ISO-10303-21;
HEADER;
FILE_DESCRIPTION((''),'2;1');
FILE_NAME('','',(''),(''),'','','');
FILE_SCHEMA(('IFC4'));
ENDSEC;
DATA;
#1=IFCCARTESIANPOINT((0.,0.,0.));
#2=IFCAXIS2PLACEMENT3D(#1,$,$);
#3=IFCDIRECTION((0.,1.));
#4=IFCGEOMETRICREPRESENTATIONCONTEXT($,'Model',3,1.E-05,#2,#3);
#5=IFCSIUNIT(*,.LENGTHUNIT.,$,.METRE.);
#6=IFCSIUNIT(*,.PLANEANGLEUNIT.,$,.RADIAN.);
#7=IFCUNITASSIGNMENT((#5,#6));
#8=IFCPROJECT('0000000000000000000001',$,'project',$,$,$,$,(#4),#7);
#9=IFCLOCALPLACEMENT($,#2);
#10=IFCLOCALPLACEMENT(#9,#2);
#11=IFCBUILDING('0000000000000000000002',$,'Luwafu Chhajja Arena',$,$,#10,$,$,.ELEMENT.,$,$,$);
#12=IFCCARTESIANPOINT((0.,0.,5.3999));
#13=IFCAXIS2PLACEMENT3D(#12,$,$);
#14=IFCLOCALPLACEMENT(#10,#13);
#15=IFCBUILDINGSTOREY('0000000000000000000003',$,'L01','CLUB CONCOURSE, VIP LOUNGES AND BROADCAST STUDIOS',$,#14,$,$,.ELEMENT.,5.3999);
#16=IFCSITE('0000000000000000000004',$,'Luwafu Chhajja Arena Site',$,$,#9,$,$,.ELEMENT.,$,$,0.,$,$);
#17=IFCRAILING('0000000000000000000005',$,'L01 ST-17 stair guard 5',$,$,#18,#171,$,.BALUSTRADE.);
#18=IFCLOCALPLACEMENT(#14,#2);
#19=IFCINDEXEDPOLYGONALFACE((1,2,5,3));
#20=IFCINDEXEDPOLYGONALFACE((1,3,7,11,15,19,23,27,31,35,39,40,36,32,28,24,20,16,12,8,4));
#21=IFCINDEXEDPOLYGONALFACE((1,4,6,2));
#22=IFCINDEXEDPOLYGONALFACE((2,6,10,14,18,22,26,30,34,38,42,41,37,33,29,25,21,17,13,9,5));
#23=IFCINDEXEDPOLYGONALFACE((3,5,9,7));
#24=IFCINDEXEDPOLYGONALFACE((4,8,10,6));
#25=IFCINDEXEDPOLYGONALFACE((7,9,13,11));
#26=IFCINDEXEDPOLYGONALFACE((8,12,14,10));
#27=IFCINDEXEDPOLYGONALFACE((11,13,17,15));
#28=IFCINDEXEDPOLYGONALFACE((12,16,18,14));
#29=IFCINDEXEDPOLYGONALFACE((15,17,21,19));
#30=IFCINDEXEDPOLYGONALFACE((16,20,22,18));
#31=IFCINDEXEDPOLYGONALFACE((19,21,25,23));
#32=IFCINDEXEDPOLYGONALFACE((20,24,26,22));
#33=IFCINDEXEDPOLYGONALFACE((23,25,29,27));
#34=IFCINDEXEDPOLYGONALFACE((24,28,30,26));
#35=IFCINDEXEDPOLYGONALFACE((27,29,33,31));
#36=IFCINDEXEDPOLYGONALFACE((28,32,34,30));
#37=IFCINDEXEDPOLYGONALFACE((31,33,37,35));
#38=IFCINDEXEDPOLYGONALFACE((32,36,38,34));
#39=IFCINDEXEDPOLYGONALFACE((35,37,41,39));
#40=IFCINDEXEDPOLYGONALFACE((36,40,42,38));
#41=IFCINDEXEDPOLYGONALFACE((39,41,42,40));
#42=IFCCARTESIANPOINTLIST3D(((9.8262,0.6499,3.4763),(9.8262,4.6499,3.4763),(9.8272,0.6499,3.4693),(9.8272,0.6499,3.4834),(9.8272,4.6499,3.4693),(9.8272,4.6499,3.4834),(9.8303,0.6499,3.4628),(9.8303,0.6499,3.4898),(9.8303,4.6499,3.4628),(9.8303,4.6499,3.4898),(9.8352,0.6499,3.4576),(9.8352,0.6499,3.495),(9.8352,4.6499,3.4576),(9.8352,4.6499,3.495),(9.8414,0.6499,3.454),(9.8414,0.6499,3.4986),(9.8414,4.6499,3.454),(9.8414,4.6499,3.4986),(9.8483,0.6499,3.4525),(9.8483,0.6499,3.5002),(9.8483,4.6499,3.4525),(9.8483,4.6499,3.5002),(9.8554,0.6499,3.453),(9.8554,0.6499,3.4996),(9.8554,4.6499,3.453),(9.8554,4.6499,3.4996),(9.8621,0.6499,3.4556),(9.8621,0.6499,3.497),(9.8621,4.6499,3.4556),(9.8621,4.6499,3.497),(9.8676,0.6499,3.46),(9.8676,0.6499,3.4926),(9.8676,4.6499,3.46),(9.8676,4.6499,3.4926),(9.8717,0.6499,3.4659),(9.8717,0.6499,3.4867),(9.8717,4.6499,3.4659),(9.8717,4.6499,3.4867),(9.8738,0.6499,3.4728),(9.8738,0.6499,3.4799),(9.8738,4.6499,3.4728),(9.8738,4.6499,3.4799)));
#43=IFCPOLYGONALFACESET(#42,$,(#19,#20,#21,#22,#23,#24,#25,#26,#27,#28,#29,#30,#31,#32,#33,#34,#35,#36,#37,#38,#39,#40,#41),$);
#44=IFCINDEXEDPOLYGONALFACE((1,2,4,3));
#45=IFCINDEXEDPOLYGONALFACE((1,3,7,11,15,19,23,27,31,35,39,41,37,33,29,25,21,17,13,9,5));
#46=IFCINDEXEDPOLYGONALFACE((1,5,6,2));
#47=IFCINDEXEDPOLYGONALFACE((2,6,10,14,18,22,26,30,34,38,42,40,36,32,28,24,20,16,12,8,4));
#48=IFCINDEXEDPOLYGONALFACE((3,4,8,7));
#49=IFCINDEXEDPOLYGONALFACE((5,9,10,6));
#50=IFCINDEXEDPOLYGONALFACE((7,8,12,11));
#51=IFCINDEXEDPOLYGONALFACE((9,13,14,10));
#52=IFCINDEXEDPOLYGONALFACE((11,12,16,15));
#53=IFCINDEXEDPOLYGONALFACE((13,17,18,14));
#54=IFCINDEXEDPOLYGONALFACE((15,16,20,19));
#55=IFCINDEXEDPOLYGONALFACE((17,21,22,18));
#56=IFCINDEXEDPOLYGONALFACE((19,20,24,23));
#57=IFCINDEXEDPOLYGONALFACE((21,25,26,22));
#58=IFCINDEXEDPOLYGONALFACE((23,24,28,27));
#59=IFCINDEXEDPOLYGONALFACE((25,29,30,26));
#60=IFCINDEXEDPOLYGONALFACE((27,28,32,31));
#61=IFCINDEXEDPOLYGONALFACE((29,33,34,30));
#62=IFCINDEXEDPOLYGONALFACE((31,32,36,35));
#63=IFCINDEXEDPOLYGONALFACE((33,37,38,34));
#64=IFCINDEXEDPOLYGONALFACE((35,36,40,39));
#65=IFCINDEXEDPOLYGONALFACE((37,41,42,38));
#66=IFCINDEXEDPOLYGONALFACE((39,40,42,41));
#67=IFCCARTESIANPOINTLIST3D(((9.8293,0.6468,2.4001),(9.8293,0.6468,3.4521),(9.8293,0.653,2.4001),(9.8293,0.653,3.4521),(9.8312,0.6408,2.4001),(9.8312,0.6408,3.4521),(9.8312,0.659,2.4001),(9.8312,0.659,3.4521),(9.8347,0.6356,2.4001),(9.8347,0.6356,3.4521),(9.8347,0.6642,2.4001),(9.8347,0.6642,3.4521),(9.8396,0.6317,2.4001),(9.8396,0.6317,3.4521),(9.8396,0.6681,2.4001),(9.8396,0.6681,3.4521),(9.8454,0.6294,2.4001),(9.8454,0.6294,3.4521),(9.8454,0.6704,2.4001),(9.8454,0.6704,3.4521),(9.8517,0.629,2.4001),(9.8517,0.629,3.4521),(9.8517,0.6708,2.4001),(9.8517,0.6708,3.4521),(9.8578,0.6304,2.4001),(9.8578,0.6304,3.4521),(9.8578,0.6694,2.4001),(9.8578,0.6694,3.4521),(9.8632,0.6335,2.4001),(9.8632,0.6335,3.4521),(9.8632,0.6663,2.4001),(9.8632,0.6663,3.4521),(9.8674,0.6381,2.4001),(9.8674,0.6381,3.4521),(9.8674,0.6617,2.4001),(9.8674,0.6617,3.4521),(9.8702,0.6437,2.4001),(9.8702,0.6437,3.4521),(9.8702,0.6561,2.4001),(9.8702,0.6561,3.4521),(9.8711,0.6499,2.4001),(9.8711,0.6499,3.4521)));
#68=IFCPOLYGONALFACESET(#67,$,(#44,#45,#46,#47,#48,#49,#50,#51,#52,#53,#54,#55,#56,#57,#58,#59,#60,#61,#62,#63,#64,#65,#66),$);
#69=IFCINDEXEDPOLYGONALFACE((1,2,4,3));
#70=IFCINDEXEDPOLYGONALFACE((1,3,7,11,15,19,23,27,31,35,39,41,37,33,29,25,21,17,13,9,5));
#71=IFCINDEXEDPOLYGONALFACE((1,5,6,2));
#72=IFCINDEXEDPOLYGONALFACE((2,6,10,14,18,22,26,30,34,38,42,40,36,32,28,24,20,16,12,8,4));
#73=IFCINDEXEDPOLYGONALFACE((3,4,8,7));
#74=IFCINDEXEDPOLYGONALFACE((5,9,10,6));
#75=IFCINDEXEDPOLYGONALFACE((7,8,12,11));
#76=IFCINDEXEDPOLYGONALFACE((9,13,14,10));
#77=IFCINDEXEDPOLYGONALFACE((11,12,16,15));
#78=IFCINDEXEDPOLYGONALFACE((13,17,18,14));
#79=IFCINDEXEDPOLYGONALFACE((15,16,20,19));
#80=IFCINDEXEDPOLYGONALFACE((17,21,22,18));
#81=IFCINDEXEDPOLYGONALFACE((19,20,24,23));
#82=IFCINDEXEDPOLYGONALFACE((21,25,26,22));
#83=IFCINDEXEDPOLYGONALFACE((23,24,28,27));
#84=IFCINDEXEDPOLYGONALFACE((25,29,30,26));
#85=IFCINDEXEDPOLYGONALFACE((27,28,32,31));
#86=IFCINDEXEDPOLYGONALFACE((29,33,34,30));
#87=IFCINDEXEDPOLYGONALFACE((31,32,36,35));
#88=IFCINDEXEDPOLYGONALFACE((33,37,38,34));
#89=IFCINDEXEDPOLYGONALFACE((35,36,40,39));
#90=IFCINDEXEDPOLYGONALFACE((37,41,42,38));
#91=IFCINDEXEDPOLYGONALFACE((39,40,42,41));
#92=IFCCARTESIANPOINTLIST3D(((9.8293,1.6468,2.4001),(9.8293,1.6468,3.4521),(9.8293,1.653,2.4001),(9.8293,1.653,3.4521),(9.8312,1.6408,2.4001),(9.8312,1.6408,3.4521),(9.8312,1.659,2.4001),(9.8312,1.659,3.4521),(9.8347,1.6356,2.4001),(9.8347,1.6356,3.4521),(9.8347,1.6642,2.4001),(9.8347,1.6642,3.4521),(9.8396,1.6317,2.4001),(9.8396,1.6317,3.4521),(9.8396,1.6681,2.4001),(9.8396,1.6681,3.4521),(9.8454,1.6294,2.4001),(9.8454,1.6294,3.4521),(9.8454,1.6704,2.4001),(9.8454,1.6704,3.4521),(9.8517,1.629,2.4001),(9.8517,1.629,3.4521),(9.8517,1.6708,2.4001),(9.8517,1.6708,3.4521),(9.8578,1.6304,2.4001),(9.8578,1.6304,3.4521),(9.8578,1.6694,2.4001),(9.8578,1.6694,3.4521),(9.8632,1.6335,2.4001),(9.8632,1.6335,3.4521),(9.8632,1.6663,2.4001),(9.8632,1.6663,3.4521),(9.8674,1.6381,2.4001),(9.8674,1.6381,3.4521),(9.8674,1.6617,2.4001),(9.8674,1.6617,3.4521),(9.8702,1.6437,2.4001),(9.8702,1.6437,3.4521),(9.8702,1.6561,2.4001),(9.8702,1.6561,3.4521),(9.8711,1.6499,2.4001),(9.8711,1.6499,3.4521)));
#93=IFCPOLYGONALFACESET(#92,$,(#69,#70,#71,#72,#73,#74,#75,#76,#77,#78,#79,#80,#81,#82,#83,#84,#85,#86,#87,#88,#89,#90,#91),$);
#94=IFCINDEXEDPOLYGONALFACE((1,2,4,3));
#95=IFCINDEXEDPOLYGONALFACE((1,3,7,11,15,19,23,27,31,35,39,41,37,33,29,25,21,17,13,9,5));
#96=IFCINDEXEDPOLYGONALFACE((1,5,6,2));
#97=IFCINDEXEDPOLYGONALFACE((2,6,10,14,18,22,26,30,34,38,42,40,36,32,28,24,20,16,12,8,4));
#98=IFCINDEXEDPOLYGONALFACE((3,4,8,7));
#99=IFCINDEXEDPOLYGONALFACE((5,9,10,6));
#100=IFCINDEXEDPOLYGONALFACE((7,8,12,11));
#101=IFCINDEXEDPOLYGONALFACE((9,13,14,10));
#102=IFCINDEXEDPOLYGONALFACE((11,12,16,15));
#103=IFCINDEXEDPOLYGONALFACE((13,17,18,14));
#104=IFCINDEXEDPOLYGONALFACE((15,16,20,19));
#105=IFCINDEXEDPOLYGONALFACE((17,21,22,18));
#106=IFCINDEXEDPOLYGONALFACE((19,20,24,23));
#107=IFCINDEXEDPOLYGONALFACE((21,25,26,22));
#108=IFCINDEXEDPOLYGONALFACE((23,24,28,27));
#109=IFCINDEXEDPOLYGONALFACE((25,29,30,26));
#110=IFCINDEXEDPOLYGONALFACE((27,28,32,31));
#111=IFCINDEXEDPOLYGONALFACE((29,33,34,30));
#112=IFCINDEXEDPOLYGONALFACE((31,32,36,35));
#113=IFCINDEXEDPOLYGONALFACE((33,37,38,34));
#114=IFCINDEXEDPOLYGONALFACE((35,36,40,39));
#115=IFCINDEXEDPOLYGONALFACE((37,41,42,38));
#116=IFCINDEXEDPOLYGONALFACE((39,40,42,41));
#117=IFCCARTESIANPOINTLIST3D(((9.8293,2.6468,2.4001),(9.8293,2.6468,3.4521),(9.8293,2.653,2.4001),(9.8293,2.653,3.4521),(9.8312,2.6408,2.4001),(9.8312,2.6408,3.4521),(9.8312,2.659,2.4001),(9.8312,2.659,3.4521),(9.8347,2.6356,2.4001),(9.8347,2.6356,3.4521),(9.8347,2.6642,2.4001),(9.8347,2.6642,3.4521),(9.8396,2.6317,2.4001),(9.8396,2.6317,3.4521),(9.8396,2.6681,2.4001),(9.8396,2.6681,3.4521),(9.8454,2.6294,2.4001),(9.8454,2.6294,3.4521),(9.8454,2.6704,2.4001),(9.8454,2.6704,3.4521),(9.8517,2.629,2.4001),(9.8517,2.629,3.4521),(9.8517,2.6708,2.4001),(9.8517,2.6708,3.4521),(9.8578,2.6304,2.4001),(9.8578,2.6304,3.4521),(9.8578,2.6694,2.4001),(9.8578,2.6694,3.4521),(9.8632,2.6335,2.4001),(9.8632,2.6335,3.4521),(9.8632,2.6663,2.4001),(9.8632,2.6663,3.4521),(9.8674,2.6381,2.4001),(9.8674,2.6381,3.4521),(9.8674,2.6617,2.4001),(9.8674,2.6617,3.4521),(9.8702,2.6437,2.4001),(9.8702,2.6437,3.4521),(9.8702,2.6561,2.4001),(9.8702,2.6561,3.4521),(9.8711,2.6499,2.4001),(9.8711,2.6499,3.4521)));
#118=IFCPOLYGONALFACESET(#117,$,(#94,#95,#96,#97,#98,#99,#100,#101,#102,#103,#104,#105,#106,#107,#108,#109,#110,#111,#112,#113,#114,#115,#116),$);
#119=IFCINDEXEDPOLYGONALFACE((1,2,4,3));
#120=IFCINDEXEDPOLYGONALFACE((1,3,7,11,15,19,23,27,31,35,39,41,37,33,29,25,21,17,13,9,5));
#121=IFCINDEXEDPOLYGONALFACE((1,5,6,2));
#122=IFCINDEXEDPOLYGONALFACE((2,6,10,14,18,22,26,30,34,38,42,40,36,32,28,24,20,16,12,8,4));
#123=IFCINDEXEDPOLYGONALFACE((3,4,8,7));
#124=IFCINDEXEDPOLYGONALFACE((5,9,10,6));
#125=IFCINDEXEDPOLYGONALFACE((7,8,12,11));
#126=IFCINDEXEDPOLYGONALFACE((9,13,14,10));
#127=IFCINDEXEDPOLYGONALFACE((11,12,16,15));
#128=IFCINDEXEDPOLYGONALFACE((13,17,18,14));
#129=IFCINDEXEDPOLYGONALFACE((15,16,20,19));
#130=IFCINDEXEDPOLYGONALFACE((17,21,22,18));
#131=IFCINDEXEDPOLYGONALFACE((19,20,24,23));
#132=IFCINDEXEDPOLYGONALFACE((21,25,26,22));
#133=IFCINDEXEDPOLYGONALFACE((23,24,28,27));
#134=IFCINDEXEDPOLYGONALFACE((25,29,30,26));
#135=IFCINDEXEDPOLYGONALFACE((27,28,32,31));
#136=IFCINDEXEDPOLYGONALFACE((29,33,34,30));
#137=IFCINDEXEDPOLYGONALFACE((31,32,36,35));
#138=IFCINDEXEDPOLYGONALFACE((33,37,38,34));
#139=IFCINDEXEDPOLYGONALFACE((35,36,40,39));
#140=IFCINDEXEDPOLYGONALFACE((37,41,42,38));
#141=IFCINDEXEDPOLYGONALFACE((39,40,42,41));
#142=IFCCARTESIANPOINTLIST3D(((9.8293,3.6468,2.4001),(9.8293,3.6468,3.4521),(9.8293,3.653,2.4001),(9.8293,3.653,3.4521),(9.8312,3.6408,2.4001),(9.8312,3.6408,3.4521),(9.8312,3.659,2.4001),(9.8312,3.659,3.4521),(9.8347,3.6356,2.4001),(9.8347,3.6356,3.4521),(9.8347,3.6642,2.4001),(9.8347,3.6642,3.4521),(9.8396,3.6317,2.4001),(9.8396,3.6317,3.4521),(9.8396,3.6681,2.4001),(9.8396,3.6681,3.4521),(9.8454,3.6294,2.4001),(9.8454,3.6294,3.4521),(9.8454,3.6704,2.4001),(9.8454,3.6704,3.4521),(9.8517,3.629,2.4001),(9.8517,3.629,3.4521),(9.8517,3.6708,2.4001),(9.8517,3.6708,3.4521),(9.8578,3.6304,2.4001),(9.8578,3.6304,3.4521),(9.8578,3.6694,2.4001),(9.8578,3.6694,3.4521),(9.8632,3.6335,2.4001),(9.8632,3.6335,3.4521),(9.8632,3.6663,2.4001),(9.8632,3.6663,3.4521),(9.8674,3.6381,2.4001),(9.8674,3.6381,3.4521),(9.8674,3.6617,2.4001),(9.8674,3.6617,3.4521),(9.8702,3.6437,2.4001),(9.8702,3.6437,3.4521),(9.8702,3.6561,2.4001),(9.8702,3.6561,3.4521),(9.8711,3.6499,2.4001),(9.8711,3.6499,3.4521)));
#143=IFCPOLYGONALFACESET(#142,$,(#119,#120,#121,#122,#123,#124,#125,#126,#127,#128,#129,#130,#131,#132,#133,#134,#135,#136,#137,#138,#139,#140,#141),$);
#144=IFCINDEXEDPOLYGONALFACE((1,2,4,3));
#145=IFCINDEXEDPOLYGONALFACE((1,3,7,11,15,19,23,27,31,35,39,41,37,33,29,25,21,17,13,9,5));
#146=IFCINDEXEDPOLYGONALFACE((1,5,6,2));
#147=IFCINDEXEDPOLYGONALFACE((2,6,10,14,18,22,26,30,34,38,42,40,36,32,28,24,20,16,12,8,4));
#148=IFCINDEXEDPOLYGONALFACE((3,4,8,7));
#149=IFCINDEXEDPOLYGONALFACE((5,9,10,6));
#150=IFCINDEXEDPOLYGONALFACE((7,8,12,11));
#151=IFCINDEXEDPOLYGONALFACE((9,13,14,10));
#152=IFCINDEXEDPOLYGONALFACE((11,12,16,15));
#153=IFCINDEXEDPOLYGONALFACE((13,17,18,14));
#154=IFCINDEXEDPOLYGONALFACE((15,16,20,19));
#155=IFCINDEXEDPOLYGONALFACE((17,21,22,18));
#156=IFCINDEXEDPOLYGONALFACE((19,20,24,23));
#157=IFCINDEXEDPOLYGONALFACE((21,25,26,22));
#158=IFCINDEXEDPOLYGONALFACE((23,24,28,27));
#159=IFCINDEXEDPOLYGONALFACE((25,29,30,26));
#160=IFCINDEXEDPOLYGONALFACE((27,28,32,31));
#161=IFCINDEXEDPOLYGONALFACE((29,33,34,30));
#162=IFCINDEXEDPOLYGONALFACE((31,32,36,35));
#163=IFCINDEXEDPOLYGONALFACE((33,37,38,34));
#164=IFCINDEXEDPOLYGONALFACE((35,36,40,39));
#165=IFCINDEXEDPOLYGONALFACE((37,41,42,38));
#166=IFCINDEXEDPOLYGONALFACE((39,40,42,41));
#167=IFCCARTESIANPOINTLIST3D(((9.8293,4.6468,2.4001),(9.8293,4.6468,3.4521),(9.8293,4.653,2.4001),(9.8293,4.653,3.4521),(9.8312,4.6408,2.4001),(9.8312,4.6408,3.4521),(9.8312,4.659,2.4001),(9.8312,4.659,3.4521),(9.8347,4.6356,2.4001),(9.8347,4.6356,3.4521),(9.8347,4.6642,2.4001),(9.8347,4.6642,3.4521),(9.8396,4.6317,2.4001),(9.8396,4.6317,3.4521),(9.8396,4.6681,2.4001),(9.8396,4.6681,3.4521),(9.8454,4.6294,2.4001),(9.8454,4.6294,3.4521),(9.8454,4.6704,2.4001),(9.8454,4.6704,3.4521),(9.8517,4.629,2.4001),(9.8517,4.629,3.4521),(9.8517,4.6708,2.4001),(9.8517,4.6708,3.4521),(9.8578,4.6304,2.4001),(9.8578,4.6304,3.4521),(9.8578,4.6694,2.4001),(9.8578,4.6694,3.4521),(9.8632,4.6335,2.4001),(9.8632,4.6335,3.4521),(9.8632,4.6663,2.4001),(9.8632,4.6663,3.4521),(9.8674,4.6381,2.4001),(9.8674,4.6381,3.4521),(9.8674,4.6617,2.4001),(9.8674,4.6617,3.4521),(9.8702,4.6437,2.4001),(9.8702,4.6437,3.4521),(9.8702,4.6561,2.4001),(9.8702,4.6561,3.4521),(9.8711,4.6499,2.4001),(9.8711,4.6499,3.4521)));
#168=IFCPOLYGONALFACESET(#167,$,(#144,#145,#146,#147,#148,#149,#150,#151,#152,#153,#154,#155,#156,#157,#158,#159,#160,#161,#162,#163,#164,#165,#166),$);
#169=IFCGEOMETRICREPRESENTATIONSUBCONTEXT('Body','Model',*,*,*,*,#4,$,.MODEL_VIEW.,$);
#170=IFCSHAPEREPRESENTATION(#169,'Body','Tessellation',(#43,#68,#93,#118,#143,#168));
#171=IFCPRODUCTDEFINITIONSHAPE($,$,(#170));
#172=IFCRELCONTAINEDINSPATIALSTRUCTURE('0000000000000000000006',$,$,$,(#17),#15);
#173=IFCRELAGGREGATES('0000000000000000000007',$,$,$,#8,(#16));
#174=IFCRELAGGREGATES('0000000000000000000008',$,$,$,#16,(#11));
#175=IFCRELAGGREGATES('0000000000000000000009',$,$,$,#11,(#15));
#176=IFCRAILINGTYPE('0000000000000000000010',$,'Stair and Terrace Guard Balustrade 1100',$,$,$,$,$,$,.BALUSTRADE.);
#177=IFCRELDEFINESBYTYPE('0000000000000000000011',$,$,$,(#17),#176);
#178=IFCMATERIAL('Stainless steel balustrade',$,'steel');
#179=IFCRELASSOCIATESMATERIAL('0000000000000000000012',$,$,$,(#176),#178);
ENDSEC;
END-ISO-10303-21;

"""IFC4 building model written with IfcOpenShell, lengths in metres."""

from ifc_helpers import new_model, si_unit, direction, frame, origin, origin_2d, place, context, subcontext, project, spatial, circle, extrude, material, type_object, element, save


model = new_model("IFC4")

# Units and contexts
model_context = context("Model", 3, precision=1e-05, world=origin(), true_north=direction((0.0, 1.0)))
body_context = subcontext(model_context, "Body", "Model", "MODEL_VIEW")
ifc_project = project(units=[si_unit("LENGTHUNIT", "METRE"), si_unit("PLANEANGLEUNIT", "RADIAN")], contexts=[model_context])

# Site, building, storey
site_placement = place(None, origin())
site = spatial("IfcSite", under=ifc_project, at=site_placement, Name="Luwafu Chhajja Arena Site", CompositionType="ELEMENT", RefElevation=0.0)
building_placement = place(site_placement, origin())
building = spatial("IfcBuilding", under=site, at=building_placement, Name="Luwafu Chhajja Arena", CompositionType="ELEMENT")
storey_placement = place(building_placement, frame((0.0, 0.0, 5.3999)))
storey = spatial("IfcBuildingStorey", under=building, at=storey_placement, Name="L01", Description="CLUB CONCOURSE, VIP LOUNGES AND BROADCAST STUDIOS", CompositionType="ELEMENT", Elevation=5.3999)

# Railing
ifc_material_1 = material(Name="Stainless steel balustrade", Category="steel")
railing_type_1 = type_object("IfcRailingType", Name="Stair and Terrace Guard Balustrade 1100", PredefinedType="BALUSTRADE", material=ifc_material_1)
railing_1_placement = place(storey_placement, frame((9.8501, 0.6499, 2.4001)))
element("IfcRailing", 1, at=railing_1_placement, inside=storey, type_object=railing_type_1, Name="L01 ST-17 stair guard 5", PredefinedType="BALUSTRADE", context=body_context, shape_type="SweptSolid", body=[
    extrude(circle(Radius=0.0239, at=origin_2d()), frame((0.0, 0.0, 1.0762), z_axis=(0.0, 1.0, 0.0), x_axis=(-1.0, 0.0, 0.0)), (0.0, 0.0, 1.0), 4.0),
    extrude(circle(Radius=0.021, at=origin_2d()), origin(), (0.0, 0.0, 1.0), 1.052),
    extrude(circle(Radius=0.021, at=origin_2d()), frame((0.0, 1.0, 0.0)), (0.0, 0.0, 1.0), 1.052),
    extrude(circle(Radius=0.021, at=origin_2d()), frame((0.0, 2.0, 0.0)), (0.0, 0.0, 1.0), 1.052),
    extrude(circle(Radius=0.021, at=origin_2d()), frame((0.0, 3.0, 0.0)), (0.0, 0.0, 1.0), 1.052),
    extrude(circle(Radius=0.021, at=origin_2d()), frame((0.0, 4.0, 0.0)), (0.0, 0.0, 1.0), 1.052),
])

save(model, "model.ifc")
